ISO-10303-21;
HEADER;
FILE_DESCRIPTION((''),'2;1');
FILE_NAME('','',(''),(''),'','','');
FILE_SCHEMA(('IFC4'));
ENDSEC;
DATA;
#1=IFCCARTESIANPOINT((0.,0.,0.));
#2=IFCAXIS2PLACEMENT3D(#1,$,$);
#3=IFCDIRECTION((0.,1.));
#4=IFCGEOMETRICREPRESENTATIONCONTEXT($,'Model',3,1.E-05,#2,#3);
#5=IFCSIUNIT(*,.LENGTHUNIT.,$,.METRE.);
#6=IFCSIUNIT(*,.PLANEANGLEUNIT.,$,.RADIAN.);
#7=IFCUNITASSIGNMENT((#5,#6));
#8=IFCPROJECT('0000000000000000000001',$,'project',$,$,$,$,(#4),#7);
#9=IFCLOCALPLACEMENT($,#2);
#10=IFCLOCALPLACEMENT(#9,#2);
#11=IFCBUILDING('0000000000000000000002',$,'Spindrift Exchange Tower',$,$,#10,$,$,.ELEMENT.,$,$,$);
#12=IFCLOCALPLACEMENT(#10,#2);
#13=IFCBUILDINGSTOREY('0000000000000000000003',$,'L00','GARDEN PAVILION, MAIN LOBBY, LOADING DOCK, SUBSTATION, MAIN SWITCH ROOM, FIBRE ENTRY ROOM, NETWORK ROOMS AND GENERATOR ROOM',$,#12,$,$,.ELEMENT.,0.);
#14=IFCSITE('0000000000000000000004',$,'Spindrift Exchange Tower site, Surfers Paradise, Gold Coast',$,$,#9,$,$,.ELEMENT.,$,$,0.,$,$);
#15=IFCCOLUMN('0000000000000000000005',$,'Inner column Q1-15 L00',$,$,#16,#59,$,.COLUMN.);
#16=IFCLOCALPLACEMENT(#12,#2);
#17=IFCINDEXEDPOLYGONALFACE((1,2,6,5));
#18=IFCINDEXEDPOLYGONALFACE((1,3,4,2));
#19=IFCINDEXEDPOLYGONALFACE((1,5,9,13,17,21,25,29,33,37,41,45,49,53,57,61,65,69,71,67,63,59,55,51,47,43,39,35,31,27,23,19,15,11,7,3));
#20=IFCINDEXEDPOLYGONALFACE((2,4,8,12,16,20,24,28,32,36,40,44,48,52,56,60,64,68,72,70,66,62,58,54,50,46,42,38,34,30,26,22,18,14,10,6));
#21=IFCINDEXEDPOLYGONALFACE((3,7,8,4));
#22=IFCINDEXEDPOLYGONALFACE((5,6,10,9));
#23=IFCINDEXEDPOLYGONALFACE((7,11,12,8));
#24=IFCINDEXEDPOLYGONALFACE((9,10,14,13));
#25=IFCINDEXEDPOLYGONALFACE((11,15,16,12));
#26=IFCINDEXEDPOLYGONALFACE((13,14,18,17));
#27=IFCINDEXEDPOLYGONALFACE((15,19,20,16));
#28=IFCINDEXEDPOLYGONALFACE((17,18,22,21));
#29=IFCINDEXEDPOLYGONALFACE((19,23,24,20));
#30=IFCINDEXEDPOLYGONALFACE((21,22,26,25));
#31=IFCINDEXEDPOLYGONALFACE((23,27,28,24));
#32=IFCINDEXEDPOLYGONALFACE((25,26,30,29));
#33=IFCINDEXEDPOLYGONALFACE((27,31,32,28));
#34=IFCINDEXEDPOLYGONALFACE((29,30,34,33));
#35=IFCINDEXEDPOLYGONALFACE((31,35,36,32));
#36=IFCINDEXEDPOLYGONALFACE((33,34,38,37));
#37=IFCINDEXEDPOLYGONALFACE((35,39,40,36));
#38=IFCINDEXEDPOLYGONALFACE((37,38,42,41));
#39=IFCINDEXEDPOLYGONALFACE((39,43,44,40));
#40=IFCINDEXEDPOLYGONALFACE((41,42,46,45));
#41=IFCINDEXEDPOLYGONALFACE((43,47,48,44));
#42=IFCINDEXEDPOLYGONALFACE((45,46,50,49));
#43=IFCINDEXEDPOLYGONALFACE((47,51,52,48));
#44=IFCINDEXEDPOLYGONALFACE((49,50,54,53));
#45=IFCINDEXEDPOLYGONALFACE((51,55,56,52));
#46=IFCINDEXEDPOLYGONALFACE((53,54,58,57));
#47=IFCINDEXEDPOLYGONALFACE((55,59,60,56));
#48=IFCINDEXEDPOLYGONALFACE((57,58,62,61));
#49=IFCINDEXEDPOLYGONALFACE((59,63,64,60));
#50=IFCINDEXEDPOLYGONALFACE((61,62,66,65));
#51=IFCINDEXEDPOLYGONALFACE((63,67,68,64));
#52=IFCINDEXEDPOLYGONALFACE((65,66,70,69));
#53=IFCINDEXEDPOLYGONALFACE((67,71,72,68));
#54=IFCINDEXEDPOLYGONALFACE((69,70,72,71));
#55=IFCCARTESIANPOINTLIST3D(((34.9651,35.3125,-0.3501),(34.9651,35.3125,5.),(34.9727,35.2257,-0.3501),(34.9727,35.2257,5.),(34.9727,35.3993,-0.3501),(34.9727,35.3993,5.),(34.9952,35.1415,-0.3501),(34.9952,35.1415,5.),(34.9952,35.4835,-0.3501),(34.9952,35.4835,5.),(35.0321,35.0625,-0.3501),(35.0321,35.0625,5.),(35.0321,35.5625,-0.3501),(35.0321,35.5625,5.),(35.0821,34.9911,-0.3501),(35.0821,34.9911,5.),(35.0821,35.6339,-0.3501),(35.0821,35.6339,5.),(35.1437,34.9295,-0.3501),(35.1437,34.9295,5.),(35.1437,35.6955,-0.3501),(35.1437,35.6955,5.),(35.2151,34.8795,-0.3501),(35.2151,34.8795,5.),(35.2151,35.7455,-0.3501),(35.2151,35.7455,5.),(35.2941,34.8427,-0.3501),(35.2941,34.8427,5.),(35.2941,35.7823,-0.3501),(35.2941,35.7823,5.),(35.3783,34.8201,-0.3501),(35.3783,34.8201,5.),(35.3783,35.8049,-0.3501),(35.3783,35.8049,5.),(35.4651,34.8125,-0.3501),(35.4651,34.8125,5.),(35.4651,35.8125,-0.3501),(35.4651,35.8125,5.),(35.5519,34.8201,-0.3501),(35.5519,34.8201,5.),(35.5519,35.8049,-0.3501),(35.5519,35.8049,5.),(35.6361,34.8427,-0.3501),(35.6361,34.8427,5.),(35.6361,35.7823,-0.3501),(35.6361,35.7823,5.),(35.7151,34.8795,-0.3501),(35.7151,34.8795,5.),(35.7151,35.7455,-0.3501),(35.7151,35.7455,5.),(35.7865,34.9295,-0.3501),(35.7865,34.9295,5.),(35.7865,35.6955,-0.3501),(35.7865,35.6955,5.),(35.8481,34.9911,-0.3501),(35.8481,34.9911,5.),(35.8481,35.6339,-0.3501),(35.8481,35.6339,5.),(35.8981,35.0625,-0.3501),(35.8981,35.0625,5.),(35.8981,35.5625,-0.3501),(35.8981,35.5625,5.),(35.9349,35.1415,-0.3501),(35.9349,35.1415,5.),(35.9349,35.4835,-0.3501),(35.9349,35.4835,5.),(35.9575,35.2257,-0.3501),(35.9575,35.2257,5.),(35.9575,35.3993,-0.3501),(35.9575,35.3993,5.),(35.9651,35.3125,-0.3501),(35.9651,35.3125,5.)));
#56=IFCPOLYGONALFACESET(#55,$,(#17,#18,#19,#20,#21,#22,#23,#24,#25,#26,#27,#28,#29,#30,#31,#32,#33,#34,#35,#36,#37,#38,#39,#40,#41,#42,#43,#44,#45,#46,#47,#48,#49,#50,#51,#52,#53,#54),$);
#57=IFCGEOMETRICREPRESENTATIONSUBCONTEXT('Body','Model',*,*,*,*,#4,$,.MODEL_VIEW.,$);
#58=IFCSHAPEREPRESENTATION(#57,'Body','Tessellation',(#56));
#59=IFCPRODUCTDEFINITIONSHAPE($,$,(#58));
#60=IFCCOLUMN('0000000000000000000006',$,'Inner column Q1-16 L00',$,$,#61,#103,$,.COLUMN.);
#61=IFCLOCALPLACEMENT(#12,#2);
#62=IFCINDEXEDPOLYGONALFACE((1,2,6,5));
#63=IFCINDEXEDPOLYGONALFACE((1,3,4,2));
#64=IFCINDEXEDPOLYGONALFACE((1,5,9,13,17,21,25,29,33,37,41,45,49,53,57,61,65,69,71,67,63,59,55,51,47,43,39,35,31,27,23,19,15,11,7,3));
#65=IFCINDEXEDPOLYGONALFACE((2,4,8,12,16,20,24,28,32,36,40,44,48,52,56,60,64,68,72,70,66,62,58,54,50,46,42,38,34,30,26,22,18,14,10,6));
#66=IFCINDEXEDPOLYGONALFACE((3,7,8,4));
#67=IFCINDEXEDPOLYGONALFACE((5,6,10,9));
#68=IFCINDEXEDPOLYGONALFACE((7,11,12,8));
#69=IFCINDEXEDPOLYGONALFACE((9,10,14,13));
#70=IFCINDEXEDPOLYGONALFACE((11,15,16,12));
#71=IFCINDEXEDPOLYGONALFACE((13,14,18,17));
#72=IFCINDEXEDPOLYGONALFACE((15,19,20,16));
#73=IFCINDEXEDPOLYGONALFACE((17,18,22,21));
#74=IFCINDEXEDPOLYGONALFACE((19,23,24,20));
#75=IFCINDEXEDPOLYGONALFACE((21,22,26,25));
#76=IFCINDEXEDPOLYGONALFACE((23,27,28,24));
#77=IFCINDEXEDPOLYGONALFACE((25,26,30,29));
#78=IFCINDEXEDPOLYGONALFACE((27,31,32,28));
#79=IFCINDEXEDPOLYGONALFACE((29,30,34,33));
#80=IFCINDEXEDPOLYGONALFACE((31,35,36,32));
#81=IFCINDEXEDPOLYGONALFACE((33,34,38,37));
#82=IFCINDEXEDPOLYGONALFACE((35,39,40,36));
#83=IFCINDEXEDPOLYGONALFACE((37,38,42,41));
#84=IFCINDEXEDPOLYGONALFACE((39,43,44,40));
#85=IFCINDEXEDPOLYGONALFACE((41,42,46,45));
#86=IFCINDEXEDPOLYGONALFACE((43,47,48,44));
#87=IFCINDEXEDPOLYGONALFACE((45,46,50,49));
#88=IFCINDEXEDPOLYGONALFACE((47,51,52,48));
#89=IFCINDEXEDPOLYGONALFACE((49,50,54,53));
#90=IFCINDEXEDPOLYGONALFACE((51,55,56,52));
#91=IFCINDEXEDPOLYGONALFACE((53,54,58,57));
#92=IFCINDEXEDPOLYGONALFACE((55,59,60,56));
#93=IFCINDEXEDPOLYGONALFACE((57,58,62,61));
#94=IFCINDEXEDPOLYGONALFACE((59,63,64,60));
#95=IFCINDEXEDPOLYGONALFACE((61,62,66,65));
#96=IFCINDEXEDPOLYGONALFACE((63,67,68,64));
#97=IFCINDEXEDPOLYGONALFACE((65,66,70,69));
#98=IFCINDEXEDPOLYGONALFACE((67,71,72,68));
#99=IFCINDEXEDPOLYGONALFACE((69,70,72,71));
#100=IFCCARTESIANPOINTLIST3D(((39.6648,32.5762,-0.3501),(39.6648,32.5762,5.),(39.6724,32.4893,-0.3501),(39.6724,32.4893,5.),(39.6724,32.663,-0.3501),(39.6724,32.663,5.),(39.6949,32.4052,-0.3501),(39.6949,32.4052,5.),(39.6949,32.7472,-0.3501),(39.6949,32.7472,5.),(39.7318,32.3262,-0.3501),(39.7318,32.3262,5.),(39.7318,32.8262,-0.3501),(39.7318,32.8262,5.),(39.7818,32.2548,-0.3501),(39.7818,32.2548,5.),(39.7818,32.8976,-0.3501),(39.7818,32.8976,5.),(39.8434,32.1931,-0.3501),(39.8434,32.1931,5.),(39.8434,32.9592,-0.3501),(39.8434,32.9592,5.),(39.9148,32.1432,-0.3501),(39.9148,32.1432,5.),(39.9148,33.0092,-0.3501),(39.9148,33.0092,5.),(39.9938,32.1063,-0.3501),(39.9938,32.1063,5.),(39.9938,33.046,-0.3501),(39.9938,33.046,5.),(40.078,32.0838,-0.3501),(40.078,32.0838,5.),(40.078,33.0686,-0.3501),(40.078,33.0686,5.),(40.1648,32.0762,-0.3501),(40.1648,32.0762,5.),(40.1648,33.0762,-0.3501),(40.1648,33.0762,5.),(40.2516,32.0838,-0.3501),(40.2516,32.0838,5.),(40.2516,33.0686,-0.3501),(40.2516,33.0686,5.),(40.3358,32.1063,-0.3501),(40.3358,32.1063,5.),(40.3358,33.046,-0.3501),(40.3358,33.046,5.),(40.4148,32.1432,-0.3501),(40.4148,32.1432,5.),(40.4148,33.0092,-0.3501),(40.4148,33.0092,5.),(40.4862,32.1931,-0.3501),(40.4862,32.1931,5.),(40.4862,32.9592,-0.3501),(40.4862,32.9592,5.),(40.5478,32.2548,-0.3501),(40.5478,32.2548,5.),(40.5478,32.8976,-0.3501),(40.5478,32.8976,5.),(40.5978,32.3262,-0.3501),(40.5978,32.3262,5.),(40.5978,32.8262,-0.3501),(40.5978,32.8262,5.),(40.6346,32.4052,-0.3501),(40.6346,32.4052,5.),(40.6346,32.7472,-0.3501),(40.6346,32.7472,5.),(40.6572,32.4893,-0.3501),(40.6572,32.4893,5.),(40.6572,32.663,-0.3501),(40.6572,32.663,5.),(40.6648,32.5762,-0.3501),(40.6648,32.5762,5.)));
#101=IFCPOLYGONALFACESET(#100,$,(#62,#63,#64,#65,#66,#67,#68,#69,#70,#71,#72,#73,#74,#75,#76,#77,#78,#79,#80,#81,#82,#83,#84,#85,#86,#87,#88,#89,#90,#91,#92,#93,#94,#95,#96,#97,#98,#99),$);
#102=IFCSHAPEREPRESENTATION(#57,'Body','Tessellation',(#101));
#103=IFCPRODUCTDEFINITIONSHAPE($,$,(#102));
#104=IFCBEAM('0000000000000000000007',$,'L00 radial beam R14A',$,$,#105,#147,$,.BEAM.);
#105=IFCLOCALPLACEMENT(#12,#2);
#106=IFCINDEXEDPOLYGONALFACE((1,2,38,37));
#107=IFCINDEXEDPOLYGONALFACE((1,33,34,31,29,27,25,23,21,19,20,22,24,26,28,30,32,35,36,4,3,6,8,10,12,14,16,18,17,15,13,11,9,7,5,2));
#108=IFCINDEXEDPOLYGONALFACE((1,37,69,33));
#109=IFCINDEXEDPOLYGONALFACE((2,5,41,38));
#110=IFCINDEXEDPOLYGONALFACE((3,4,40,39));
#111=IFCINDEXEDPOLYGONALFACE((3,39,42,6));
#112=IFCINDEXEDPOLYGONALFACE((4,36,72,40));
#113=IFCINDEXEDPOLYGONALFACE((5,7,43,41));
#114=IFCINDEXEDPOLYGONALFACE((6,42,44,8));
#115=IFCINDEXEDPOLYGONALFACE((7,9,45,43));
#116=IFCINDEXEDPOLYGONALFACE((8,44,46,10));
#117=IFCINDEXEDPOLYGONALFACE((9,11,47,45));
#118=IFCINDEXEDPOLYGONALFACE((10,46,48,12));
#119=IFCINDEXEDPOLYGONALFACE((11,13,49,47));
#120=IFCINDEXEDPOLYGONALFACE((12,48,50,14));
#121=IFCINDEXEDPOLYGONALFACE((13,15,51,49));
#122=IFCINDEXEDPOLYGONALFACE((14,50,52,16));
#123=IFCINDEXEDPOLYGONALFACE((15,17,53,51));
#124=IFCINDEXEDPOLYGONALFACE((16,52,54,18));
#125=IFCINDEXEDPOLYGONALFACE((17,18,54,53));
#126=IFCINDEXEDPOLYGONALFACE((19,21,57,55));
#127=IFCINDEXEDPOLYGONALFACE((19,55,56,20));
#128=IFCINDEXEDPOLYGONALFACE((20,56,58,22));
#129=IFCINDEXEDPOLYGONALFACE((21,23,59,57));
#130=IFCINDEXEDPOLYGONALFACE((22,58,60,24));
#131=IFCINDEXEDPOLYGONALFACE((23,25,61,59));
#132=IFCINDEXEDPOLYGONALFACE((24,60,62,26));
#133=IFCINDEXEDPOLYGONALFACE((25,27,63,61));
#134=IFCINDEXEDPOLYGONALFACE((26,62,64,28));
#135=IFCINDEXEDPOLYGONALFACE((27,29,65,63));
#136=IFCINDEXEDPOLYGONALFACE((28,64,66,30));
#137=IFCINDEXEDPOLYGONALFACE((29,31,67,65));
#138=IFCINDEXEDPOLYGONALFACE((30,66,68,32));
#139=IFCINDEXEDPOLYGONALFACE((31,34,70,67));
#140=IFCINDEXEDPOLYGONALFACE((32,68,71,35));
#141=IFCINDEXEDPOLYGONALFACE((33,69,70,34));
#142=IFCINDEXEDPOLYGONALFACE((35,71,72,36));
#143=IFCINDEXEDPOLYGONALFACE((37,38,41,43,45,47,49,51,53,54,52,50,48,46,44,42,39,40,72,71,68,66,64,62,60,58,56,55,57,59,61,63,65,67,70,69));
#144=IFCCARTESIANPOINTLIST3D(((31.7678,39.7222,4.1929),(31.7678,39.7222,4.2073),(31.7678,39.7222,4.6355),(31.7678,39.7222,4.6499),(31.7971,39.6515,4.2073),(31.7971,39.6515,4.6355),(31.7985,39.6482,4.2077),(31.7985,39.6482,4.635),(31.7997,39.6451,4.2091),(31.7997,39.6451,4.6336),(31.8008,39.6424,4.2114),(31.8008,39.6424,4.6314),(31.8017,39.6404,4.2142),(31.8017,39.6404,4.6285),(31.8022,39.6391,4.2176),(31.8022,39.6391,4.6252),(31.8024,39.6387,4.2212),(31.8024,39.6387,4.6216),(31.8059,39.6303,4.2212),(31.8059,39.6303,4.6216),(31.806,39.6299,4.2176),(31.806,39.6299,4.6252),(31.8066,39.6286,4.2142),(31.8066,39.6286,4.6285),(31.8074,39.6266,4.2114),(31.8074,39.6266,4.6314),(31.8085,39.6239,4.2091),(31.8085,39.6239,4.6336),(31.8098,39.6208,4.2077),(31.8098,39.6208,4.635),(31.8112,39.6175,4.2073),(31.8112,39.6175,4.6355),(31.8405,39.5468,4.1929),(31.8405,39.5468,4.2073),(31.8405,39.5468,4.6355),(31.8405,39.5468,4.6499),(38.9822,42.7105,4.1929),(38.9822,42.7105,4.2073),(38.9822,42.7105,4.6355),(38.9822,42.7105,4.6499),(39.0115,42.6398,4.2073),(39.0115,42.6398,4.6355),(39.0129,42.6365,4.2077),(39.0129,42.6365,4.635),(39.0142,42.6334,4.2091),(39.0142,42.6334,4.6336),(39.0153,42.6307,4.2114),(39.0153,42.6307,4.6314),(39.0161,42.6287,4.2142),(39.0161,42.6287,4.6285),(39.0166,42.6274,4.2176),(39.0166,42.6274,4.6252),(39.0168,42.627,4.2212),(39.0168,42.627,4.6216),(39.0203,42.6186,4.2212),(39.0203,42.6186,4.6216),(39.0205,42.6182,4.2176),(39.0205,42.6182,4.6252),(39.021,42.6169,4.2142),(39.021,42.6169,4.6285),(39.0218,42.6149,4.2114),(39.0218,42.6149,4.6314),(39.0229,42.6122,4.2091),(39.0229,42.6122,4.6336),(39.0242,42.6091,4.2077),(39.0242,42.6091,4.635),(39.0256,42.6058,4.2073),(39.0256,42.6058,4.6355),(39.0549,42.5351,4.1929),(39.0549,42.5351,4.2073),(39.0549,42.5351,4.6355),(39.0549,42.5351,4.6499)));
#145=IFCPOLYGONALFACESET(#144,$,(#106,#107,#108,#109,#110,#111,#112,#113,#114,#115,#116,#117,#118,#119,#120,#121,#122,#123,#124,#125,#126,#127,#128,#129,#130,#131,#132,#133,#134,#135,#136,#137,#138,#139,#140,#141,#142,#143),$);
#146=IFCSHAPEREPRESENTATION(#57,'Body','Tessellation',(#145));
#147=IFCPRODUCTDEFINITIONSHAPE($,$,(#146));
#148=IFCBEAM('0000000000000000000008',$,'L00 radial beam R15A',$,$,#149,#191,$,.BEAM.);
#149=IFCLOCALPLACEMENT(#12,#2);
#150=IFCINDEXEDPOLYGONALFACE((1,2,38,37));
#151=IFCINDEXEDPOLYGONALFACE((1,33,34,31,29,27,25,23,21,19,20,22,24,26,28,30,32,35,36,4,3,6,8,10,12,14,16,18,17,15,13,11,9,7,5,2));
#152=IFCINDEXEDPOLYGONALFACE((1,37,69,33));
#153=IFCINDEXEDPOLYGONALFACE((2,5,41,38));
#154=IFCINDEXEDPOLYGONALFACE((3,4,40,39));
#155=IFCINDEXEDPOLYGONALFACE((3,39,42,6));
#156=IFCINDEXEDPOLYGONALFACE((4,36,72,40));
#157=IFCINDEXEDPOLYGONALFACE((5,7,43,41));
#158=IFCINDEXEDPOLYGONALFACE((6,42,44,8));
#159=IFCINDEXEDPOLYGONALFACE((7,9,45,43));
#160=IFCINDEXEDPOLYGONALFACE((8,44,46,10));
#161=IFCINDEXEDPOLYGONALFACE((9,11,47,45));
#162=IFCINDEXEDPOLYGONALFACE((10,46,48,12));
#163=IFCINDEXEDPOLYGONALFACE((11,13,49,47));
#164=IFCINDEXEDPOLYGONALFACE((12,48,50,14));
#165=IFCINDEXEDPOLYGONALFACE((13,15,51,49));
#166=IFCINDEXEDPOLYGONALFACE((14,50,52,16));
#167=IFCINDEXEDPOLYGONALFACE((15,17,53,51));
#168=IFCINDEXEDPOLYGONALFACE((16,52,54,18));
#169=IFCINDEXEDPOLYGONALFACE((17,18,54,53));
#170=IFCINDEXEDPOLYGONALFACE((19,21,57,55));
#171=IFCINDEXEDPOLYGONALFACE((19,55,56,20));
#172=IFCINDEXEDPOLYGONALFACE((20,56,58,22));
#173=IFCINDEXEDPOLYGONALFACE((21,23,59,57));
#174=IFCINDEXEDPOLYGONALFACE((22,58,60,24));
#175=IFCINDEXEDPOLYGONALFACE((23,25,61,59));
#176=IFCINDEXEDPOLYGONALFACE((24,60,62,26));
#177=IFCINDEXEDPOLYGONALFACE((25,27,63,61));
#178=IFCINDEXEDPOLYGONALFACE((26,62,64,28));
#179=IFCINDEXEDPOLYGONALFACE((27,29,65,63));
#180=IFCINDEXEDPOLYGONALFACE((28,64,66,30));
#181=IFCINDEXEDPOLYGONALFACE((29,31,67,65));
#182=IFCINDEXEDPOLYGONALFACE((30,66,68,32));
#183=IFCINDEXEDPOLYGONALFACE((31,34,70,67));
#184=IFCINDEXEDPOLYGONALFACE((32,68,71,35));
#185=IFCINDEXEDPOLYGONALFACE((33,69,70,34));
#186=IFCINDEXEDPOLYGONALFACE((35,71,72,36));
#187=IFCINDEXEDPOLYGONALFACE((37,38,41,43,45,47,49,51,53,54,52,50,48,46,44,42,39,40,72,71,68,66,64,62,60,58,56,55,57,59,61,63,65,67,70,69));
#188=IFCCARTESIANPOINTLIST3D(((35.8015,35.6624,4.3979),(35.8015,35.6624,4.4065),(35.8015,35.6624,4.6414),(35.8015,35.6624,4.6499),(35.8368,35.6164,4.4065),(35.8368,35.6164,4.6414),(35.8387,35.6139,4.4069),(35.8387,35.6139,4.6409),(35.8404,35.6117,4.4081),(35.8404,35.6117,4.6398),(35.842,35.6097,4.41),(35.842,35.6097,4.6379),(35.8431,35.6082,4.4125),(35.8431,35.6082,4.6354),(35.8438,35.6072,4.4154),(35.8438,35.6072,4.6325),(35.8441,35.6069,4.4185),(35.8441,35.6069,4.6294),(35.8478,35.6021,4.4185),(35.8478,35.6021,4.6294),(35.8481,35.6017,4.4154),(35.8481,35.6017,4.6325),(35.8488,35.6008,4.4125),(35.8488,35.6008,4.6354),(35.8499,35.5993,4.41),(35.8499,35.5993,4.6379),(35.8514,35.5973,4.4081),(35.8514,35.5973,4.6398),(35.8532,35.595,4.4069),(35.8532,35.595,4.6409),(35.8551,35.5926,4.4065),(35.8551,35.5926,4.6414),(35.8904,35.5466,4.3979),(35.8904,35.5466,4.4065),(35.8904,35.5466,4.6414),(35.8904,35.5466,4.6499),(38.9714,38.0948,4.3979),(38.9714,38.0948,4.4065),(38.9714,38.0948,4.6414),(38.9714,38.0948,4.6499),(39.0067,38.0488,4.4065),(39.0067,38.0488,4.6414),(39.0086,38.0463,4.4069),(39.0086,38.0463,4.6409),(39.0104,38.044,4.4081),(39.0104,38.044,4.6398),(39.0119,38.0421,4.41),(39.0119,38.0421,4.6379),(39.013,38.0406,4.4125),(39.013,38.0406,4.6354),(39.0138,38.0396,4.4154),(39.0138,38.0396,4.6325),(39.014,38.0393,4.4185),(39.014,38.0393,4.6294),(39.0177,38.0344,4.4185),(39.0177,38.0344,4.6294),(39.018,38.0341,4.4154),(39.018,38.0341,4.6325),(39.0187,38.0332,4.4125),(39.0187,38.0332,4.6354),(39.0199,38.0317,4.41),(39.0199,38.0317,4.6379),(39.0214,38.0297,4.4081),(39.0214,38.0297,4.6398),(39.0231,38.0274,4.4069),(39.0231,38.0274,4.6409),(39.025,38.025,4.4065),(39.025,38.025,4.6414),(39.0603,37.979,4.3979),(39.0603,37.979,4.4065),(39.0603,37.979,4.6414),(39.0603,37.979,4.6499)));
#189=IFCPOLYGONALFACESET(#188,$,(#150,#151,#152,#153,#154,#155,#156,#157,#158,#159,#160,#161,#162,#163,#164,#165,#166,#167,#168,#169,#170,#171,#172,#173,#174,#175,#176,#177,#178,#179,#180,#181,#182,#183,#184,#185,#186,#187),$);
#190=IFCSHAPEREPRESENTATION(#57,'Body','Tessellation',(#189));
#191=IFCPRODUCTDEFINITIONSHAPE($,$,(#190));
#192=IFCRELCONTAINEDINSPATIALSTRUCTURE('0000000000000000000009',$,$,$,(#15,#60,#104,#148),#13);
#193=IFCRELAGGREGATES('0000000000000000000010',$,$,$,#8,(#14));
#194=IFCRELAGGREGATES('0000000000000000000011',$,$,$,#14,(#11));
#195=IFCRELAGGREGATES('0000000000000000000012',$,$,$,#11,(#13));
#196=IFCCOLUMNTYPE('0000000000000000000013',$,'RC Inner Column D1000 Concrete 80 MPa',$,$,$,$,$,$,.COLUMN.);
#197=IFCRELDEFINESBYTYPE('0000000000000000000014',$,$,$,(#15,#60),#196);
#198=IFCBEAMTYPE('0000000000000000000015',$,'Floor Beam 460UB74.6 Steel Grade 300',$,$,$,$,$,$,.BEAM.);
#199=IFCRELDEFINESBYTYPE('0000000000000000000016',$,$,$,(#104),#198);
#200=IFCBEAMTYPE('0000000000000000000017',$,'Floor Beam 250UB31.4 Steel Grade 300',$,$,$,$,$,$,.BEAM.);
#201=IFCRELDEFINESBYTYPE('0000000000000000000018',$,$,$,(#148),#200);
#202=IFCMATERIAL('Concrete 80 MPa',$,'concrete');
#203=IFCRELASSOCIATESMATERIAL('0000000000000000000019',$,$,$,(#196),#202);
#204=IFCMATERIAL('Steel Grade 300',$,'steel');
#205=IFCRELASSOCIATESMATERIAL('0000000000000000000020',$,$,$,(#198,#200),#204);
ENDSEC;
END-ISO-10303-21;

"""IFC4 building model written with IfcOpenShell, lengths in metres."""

from ifc_helpers import new_model, si_unit, direction, frame, origin, origin_2d, place, context, subcontext, project, spatial, circle, i_section, extrude, source, transform, mapped, material, material_profile, profile_set, type_object, element, save


model = new_model("IFC4")

# Units and contexts
model_context = context("Model", 3, precision=1e-05, world=origin(), true_north=direction((0.0, 1.0)))
body_context = subcontext(model_context, "Body", "Model", "MODEL_VIEW")
ifc_project = project(units=[si_unit("LENGTHUNIT", "METRE"), si_unit("PLANEANGLEUNIT", "RADIAN")], contexts=[model_context])

# Site, building, storey
site_placement = place(None, origin())
site = spatial("IfcSite", under=ifc_project, at=site_placement, Name="Spindrift Exchange Tower site, Surfers Paradise, Gold Coast", CompositionType="ELEMENT", RefElevation=0.0)
building_placement = place(site_placement, origin())
building = spatial("IfcBuilding", under=site, at=building_placement, Name="Spindrift Exchange Tower", CompositionType="ELEMENT")
storey_placement = place(building_placement, origin())
storey = spatial("IfcBuildingStorey", under=building, at=storey_placement, Name="L00", Description="GARDEN PAVILION, MAIN LOBBY, LOADING DOCK, SUBSTATION, MAIN SWITCH ROOM, FIBRE ENTRY ROOM, NETWORK ROOMS AND GENERATOR ROOM", CompositionType="ELEMENT", Elevation=0.0)

# Columns
ifc_material_1 = material(Name="Concrete 80 MPa", Category="concrete")
ifc_material_profile_1 = material_profile(ifc_material_1, circle(Radius=0.5, at=origin_2d()), Name="RC D1000")
ifc_profile_set_1 = profile_set([ifc_material_profile_1], Name="Concrete 80 MPa")
column_type = type_object("IfcColumnType", Name="RC Inner Column D1000 Concrete 80 MPa", PredefinedType="COLUMN", material=ifc_profile_set_1)
shared_shape_1 = source(origin(), body_context, "Body", "SweptSolid", [
    extrude(circle(Radius=0.5, at=origin_2d()), origin(), (0.0, 0.0, 1.0), 5.3501),
])
for number, where, z_axis, x_axis, name in (
    (1, (35.4651, 35.3125, -0.3501), (0.0, 0.0, 1.0), (1.0, 0.0, 0.0), "Inner column Q1-15 L00"),
    (2, (40.1648, 32.5762, -0.3501), (0.0, 0.0, 1.0), (1.0, 0.0, 0.0), "Inner column Q1-16 L00"),
):
    element("IfcColumn", number, at=place(storey_placement, frame(where, z_axis=z_axis, x_axis=x_axis)), inside=storey, type_object=column_type, Name=name, PredefinedType="COLUMN", context=body_context, shape_type="MappedRepresentation", body=[
        mapped(shared_shape_1, transform((0.0, 0.0, 0.0), scale=1.0)),
    ])

# Beams
ifc_material_2 = material(Name="Steel Grade 300", Category="steel")
ifc_material_profile_2 = material_profile(ifc_material_2, i_section(OverallWidth=0.1899, OverallDepth=0.457, WebThickness=0.009, FlangeThickness=0.0144, FilletRadius=0.0139, at=origin_2d()), Name="460UB74.6")
ifc_profile_set_2 = profile_set([ifc_material_profile_2], Name="Steel Grade 300")
beam_type_1 = type_object("IfcBeamType", Name="Floor Beam 460UB74.6 Steel Grade 300", PredefinedType="BEAM", material=ifc_profile_set_2)
shared_shape_2 = source(origin(), body_context, "Body", "SweptSolid", [
    extrude(i_section(OverallWidth=0.1899, OverallDepth=0.457, WebThickness=0.009, FlangeThickness=0.0144, FilletRadius=0.0139, at=origin_2d()), origin(), (0.0, 0.0, 1.0), 7.8088),
])
beam_1_placement = place(storey_placement, frame((39.0186, 42.6228, 4.4214), z_axis=(-0.92388, -0.382683, 0.0), x_axis=(0.382683, -0.92388, 0.0)))
element("IfcBeam", 3, at=beam_1_placement, inside=storey, type_object=beam_type_1, Name="L00 radial beam R14A", PredefinedType="BEAM", context=body_context, shape_type="MappedRepresentation", body=[
    mapped(shared_shape_2, transform((0.0, 0.0, 0.0), scale=1.0)),
])
ifc_material_profile_3 = material_profile(ifc_material_2, i_section(OverallWidth=0.146, OverallDepth=0.252, WebThickness=0.0061, FlangeThickness=0.0085, FilletRadius=0.012, at=origin_2d()), Name="250UB31.4")
ifc_profile_set_3 = profile_set([ifc_material_profile_3], Name="Steel Grade 300")
beam_type_2 = type_object("IfcBeamType", Name="Floor Beam 250UB31.4 Steel Grade 300", PredefinedType="BEAM", material=ifc_profile_set_3)
shared_shape_3 = source(origin(), body_context, "Body", "SweptSolid", [
    extrude(i_section(OverallWidth=0.146, OverallDepth=0.252, WebThickness=0.0061, FlangeThickness=0.0085, FilletRadius=0.012, at=origin_2d()), origin(), (0.0, 0.0, 1.0), 3.9956),
])
beam_2_placement = place(storey_placement, frame((39.0159, 38.0369, 4.5239), z_axis=(-0.793353, -0.608762, 0.0), x_axis=(0.608762, -0.793353, 0.0)))
element("IfcBeam", 4, at=beam_2_placement, inside=storey, type_object=beam_type_2, Name="L00 radial beam R15A", PredefinedType="BEAM", context=body_context, shape_type="MappedRepresentation", body=[
    mapped(shared_shape_3, transform((0.0, 0.0, 0.0), scale=1.0)),
])

save(model, "model.ifc")
